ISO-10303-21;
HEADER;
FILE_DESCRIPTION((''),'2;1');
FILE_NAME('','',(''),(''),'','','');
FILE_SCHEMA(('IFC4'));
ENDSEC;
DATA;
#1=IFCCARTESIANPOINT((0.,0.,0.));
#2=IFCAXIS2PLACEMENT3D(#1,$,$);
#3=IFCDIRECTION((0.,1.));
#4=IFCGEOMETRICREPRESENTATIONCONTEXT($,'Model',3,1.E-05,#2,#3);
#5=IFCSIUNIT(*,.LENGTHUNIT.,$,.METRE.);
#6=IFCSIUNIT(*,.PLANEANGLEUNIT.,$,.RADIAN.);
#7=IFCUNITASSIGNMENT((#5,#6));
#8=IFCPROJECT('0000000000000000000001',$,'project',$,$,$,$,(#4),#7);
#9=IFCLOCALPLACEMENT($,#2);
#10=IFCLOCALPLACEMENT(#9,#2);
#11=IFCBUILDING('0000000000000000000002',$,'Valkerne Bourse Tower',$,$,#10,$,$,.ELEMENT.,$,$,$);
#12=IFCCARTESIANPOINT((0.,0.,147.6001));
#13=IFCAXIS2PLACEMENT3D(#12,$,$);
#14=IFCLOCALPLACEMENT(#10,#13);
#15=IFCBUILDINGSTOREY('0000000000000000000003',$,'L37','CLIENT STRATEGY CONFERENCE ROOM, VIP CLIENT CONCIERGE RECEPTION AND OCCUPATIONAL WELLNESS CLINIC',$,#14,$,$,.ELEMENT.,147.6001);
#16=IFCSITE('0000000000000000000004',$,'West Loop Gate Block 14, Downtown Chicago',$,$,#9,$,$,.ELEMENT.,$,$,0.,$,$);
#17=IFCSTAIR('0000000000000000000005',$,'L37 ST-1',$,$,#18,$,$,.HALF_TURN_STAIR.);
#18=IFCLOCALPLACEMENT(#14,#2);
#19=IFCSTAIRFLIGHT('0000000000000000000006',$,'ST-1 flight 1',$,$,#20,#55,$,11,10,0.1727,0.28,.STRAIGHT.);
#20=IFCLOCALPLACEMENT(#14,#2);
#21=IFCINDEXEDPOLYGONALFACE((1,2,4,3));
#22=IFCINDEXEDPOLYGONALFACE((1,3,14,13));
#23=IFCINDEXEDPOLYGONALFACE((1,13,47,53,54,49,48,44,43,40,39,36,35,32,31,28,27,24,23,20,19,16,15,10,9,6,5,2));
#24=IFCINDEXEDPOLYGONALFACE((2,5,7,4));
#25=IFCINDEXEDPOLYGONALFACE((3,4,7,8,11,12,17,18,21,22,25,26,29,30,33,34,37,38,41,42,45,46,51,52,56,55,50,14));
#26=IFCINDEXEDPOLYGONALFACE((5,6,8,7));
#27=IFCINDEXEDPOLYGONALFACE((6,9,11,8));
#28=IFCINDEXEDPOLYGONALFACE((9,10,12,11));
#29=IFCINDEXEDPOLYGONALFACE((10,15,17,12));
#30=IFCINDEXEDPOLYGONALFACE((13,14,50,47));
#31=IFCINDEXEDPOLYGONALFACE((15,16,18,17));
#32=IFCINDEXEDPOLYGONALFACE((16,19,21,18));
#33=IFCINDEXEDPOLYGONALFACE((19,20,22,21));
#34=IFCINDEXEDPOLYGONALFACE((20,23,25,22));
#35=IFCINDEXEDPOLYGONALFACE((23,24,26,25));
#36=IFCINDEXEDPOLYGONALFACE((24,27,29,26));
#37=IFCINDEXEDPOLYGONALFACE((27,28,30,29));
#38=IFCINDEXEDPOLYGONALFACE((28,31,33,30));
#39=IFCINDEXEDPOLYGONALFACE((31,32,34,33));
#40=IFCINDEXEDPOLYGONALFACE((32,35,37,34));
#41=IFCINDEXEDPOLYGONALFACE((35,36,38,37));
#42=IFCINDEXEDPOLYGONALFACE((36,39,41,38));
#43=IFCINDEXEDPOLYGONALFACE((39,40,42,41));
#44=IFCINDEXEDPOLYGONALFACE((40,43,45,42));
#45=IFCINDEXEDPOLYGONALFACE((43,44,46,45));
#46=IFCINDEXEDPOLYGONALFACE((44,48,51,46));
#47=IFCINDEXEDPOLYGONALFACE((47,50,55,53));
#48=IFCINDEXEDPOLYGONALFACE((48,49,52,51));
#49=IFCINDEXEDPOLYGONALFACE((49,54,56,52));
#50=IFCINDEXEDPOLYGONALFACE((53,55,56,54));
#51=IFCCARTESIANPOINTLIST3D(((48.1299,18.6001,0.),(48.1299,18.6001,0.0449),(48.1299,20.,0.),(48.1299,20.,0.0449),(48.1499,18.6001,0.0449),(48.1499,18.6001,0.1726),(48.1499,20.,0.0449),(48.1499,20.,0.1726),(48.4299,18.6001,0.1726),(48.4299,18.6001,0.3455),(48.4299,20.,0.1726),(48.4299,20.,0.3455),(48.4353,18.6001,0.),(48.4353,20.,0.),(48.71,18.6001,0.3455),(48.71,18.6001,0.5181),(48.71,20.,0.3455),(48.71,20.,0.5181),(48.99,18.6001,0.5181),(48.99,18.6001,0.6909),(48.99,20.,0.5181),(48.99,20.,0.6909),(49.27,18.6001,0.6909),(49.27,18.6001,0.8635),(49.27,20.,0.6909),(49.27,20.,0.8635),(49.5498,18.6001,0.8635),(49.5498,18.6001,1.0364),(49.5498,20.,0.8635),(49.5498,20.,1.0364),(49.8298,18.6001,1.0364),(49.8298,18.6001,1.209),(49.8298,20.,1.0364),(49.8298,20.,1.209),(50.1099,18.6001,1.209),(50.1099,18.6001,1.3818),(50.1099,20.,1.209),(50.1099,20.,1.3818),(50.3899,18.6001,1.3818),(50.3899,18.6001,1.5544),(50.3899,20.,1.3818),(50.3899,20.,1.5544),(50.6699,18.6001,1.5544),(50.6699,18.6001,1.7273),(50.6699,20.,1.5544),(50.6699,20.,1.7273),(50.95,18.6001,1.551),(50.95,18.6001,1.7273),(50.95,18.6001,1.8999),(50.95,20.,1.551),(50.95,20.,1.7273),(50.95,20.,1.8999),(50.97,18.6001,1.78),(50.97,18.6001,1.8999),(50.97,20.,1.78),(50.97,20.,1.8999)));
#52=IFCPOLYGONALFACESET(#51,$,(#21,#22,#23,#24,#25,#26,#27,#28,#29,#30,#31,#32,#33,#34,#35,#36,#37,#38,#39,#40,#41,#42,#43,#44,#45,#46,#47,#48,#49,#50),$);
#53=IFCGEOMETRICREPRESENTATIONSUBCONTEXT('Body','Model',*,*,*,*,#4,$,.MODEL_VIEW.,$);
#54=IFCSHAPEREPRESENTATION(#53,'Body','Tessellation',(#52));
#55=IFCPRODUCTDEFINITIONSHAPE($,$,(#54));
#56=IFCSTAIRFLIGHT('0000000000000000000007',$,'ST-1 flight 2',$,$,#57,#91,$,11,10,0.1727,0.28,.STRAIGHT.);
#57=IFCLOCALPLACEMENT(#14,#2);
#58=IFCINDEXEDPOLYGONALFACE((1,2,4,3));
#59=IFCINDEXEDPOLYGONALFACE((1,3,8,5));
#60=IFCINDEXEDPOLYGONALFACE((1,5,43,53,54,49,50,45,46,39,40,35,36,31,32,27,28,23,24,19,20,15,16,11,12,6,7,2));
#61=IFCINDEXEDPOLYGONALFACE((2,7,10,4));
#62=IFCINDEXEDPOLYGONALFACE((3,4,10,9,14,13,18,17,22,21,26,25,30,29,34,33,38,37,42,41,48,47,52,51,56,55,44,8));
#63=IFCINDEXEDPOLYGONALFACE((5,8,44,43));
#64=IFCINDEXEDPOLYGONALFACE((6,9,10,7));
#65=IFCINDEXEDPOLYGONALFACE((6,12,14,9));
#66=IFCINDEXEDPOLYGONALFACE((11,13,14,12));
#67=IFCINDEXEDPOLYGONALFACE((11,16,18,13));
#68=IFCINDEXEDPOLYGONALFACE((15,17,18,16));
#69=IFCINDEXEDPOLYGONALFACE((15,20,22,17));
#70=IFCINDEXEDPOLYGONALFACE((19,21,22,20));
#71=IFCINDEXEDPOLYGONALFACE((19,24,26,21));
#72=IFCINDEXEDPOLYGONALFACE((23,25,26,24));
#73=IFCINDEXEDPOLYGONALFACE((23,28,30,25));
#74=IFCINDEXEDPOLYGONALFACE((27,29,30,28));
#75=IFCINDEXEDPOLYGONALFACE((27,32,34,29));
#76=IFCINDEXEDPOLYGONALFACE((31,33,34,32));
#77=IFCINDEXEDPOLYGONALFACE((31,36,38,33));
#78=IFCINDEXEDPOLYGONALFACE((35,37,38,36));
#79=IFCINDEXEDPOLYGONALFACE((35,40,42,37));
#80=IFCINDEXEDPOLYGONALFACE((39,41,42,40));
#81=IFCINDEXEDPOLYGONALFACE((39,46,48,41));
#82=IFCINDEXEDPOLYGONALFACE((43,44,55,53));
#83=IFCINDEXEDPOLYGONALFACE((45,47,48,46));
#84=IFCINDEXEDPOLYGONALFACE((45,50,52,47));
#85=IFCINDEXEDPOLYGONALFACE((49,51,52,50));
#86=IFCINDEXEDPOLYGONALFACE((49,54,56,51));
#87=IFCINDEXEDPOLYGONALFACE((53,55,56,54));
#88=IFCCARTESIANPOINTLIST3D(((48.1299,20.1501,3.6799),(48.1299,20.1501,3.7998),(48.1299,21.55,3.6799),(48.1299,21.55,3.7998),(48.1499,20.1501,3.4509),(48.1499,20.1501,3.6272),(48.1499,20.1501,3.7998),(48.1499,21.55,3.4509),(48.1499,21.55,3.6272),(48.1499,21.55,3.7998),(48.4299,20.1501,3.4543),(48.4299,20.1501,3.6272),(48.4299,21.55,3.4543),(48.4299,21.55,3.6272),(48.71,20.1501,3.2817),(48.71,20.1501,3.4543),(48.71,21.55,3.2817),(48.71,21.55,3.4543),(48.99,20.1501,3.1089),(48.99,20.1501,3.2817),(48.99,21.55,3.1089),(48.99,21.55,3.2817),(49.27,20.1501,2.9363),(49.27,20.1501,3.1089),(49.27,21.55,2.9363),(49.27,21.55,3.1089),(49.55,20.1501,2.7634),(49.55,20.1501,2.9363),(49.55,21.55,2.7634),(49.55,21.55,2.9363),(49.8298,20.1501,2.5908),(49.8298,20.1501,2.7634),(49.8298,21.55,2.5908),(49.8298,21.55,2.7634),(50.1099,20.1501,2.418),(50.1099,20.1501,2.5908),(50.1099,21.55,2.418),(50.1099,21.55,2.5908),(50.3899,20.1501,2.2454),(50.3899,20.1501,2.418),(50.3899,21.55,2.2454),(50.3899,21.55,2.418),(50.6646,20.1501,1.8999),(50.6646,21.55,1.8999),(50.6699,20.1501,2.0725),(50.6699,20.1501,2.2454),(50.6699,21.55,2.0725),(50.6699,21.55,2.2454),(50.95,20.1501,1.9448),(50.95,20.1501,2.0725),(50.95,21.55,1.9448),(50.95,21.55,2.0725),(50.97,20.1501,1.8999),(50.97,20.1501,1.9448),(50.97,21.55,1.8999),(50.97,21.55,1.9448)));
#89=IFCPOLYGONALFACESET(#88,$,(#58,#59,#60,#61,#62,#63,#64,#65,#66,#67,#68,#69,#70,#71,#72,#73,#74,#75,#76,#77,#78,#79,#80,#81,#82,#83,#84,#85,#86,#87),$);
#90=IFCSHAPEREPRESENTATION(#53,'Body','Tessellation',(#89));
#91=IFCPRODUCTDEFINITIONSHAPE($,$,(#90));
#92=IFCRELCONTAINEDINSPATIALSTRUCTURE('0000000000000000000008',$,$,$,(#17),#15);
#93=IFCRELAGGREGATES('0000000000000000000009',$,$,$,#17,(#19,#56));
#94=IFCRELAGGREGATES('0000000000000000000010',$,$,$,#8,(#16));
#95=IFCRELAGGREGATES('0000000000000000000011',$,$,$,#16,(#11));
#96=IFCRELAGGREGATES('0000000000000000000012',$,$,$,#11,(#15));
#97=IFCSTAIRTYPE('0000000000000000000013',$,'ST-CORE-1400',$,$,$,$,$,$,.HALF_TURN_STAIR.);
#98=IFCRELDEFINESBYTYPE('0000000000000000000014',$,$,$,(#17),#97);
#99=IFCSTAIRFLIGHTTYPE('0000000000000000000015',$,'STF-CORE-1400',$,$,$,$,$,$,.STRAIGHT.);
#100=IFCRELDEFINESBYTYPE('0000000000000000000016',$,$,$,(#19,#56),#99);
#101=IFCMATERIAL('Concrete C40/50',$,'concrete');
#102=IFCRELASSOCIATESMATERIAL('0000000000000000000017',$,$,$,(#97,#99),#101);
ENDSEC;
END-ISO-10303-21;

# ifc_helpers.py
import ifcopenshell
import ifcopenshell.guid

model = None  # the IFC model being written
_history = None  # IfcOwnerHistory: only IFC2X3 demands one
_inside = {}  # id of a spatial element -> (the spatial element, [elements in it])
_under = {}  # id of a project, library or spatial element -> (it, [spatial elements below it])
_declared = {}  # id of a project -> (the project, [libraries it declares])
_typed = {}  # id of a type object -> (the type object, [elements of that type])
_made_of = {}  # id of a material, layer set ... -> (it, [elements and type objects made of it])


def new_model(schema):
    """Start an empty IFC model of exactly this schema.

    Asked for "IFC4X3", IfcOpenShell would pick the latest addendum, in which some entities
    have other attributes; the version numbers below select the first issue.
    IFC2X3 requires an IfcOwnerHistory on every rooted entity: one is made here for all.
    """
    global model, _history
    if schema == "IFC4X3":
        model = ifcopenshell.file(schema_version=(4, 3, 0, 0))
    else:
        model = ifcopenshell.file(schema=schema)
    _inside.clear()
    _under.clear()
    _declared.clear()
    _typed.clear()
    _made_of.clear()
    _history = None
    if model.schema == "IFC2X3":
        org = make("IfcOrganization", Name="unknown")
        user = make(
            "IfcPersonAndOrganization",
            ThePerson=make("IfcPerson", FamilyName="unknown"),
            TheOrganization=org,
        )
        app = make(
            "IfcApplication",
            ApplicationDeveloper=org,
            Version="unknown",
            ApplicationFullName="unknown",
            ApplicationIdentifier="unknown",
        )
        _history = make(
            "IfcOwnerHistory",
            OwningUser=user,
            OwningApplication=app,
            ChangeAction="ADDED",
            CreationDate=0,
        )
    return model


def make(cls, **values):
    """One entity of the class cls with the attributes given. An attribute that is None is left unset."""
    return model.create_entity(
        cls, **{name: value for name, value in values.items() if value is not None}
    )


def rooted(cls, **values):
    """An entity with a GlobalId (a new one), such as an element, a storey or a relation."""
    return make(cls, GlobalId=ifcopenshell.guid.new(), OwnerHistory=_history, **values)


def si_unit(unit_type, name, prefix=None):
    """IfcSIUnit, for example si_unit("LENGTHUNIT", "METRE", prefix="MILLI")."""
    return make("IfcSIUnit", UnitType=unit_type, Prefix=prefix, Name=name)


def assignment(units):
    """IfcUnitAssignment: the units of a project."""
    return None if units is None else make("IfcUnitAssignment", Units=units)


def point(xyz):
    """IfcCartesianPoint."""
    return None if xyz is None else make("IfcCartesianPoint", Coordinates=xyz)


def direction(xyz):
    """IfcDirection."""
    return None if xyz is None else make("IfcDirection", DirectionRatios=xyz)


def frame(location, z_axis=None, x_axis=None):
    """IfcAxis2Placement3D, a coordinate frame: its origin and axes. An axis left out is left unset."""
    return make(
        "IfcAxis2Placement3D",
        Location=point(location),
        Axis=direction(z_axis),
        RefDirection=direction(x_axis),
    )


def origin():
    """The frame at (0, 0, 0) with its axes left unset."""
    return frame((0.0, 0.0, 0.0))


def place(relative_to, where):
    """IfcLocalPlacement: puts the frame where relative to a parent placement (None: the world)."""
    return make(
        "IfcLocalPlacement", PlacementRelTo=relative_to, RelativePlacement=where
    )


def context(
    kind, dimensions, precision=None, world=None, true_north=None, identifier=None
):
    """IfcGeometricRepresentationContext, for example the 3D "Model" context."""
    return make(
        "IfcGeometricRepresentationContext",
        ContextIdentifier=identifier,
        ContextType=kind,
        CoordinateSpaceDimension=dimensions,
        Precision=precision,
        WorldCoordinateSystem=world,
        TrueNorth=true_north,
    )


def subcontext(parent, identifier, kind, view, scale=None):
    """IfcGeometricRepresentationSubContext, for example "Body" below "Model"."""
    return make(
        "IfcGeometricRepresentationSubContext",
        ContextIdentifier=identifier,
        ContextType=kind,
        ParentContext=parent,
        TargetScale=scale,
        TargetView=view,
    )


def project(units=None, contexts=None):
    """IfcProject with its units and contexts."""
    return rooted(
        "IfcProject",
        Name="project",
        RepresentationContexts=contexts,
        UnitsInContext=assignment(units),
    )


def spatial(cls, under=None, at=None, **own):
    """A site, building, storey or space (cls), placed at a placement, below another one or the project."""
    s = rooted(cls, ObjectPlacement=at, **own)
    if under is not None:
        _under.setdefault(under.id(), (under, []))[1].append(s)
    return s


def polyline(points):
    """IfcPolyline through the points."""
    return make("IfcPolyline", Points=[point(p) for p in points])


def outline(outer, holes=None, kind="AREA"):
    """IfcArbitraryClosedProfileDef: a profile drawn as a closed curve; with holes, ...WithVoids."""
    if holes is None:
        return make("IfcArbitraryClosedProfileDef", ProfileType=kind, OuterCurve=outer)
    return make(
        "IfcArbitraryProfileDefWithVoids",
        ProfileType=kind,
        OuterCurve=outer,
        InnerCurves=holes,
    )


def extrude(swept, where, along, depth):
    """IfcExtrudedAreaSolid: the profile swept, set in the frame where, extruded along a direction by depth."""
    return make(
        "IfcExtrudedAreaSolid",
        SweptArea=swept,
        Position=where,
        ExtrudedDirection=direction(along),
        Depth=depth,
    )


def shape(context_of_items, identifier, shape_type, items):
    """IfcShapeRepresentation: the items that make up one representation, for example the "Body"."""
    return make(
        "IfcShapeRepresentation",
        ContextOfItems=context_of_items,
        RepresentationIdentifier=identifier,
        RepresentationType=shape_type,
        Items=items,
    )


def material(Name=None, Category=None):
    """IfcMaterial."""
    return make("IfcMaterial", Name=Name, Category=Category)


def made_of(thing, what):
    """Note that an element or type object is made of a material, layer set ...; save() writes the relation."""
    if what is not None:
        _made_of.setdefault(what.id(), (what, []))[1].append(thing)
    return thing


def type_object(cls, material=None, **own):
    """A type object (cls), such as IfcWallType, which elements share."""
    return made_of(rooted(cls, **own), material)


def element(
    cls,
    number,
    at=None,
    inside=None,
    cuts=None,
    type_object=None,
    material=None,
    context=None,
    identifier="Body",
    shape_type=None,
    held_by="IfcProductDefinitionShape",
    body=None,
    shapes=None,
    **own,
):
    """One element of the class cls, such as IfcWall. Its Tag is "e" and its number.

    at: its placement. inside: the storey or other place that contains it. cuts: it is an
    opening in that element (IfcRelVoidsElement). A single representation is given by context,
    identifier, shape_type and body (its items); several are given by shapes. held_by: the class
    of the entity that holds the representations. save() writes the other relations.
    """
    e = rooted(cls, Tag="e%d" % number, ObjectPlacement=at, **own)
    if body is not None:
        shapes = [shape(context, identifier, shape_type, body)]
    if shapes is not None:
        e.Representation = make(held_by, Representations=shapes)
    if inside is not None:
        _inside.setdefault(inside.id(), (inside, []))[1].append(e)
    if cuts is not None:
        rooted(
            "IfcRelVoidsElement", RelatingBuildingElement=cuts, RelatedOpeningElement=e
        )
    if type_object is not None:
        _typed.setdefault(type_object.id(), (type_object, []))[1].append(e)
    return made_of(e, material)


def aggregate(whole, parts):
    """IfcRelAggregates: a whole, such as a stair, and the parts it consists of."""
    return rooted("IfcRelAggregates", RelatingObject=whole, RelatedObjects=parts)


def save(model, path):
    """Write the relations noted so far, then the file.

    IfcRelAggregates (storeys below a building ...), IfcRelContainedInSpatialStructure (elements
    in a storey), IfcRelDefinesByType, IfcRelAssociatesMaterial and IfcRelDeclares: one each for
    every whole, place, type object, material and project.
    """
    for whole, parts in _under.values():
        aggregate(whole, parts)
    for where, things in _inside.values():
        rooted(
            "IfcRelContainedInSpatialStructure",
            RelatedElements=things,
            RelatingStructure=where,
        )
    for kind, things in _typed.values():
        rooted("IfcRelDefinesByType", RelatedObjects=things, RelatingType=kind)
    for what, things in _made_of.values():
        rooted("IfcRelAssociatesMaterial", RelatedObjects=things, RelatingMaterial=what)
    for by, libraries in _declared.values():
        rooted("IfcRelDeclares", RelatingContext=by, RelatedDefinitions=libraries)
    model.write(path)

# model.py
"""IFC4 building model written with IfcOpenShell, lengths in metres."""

from ifc_helpers import new_model, si_unit, direction, frame, origin, place, context, subcontext, project, spatial, polyline, outline, extrude, material, type_object, element, aggregate, save


model = new_model("IFC4")

# Units and contexts
model_context = context("Model", 3, precision=1e-05, world=origin(), true_north=direction((0.0, 1.0)))
body_context = subcontext(model_context, "Body", "Model", "MODEL_VIEW")
ifc_project = project(units=[si_unit("LENGTHUNIT", "METRE"), si_unit("PLANEANGLEUNIT", "RADIAN")], contexts=[model_context])

# Site, building, storey
site_placement = place(None, origin())
site = spatial("IfcSite", under=ifc_project, at=site_placement, Name="West Loop Gate Block 14, Downtown Chicago", CompositionType="ELEMENT", RefElevation=0.0)
building_placement = place(site_placement, origin())
building = spatial("IfcBuilding", under=site, at=building_placement, Name="Valkerne Bourse Tower", CompositionType="ELEMENT")
storey_placement = place(building_placement, frame((0.0, 0.0, 147.6001)))
storey = spatial("IfcBuildingStorey", under=building, at=storey_placement, Name="L37", Description="CLIENT STRATEGY CONFERENCE ROOM, VIP CLIENT CONCIERGE RECEPTION AND OCCUPATIONAL WELLNESS CLINIC", CompositionType="ELEMENT", Elevation=147.6001)

# Shared definitions
ifc_material_1 = material(Name="Concrete C40/50", Category="concrete")

# Stair, stair flights
stair_type = type_object("IfcStairType", Name="ST-CORE-1400", PredefinedType="HALF_TURN_STAIR", material=ifc_material_1)
stair_placement = place(storey_placement, origin())
stair = element("IfcStair", 1, at=stair_placement, inside=storey, type_object=stair_type, Name="L37 ST-1", PredefinedType="HALF_TURN_STAIR")
stair_flight_type = type_object("IfcStairFlightType", Name="STF-CORE-1400", PredefinedType="STRAIGHT", material=ifc_material_1)
stair_flight_1_placement = place(storey_placement, frame((48.1499, 19.3, 0.0), z_axis=(0.0, 0.0, 1.0), x_axis=(1.0, 0.0, 0.0)))
stair_flight_1 = element("IfcStairFlight", 2, at=stair_flight_1_placement, type_object=stair_flight_type, Name="ST-1 flight 1", NumberOfRisers=11, NumberOfTreads=10, PredefinedType="STRAIGHT", RiserHeight=0.1727, TreadLength=0.28, context=body_context, shape_type="SweptSolid", body=[
    extrude(outline(polyline([(-0.02, 0.0), (-0.02, 0.0449), (0.0, 0.0449), (0.0, 0.1726), (0.28, 0.1726), (0.28, 0.3455), (0.5601, 0.3455), (0.5601, 0.5181), (0.8401, 0.5181), (0.8401, 0.6909), (1.1201, 0.6909), (1.1201, 0.8635), (1.3999, 0.8635), (1.3999, 1.0364), (1.6799, 1.0364), (1.6799, 1.209), (1.96, 1.209), (1.96, 1.3818), (2.24, 1.3818), (2.24, 1.5544), (2.52, 1.5544), (2.52, 1.7273), (2.8, 1.7273), (2.8, 1.8999), (2.8201, 1.8999), (2.8201, 1.78), (2.8, 1.551), (0.2854, 0.0), (-0.02, 0.0)])), frame((0.0, 0.7, 0.0), z_axis=(0.0, -1.0, 0.0), x_axis=(1.0, 0.0, 0.0)), (0.0, 0.0, 1.0), 1.3999),
])
stair_flight_2_placement = place(storey_placement, frame((50.95, 20.8501, 1.8999), z_axis=(0.0, 0.0, 1.0), x_axis=(-1.0, 0.0, 0.0)))
stair_flight_2 = element("IfcStairFlight", 3, at=stair_flight_2_placement, type_object=stair_flight_type, Name="ST-1 flight 2", NumberOfRisers=11, NumberOfTreads=10, PredefinedType="STRAIGHT", RiserHeight=0.1727, TreadLength=0.28, context=body_context, shape_type="SweptSolid", body=[
    extrude(outline(polyline([(-0.02, 0.0), (-0.02, 0.0449), (0.0, 0.0449), (0.0, 0.1726), (0.28, 0.1726), (0.28, 0.3455), (0.5601, 0.3455), (0.5601, 0.5181), (0.8401, 0.5181), (0.8401, 0.6909), (1.1201, 0.6909), (1.1201, 0.8635), (1.3999, 0.8635), (1.3999, 1.0364), (1.6799, 1.0364), (1.6799, 1.209), (1.96, 1.209), (1.96, 1.3818), (2.24, 1.3818), (2.24, 1.5544), (2.52, 1.5544), (2.52, 1.7273), (2.8, 1.7273), (2.8, 1.8999), (2.8201, 1.8999), (2.8201, 1.78), (2.8, 1.551), (0.2854, 0.0), (-0.02, 0.0)])), frame((0.0, 0.7, 0.0), z_axis=(0.0, -1.0, 0.0), x_axis=(1.0, 0.0, 0.0)), (0.0, 0.0, 1.0), 1.3999),
])
aggregate(stair, [stair_flight_1, stair_flight_2])

save(model, "model.ifc")
